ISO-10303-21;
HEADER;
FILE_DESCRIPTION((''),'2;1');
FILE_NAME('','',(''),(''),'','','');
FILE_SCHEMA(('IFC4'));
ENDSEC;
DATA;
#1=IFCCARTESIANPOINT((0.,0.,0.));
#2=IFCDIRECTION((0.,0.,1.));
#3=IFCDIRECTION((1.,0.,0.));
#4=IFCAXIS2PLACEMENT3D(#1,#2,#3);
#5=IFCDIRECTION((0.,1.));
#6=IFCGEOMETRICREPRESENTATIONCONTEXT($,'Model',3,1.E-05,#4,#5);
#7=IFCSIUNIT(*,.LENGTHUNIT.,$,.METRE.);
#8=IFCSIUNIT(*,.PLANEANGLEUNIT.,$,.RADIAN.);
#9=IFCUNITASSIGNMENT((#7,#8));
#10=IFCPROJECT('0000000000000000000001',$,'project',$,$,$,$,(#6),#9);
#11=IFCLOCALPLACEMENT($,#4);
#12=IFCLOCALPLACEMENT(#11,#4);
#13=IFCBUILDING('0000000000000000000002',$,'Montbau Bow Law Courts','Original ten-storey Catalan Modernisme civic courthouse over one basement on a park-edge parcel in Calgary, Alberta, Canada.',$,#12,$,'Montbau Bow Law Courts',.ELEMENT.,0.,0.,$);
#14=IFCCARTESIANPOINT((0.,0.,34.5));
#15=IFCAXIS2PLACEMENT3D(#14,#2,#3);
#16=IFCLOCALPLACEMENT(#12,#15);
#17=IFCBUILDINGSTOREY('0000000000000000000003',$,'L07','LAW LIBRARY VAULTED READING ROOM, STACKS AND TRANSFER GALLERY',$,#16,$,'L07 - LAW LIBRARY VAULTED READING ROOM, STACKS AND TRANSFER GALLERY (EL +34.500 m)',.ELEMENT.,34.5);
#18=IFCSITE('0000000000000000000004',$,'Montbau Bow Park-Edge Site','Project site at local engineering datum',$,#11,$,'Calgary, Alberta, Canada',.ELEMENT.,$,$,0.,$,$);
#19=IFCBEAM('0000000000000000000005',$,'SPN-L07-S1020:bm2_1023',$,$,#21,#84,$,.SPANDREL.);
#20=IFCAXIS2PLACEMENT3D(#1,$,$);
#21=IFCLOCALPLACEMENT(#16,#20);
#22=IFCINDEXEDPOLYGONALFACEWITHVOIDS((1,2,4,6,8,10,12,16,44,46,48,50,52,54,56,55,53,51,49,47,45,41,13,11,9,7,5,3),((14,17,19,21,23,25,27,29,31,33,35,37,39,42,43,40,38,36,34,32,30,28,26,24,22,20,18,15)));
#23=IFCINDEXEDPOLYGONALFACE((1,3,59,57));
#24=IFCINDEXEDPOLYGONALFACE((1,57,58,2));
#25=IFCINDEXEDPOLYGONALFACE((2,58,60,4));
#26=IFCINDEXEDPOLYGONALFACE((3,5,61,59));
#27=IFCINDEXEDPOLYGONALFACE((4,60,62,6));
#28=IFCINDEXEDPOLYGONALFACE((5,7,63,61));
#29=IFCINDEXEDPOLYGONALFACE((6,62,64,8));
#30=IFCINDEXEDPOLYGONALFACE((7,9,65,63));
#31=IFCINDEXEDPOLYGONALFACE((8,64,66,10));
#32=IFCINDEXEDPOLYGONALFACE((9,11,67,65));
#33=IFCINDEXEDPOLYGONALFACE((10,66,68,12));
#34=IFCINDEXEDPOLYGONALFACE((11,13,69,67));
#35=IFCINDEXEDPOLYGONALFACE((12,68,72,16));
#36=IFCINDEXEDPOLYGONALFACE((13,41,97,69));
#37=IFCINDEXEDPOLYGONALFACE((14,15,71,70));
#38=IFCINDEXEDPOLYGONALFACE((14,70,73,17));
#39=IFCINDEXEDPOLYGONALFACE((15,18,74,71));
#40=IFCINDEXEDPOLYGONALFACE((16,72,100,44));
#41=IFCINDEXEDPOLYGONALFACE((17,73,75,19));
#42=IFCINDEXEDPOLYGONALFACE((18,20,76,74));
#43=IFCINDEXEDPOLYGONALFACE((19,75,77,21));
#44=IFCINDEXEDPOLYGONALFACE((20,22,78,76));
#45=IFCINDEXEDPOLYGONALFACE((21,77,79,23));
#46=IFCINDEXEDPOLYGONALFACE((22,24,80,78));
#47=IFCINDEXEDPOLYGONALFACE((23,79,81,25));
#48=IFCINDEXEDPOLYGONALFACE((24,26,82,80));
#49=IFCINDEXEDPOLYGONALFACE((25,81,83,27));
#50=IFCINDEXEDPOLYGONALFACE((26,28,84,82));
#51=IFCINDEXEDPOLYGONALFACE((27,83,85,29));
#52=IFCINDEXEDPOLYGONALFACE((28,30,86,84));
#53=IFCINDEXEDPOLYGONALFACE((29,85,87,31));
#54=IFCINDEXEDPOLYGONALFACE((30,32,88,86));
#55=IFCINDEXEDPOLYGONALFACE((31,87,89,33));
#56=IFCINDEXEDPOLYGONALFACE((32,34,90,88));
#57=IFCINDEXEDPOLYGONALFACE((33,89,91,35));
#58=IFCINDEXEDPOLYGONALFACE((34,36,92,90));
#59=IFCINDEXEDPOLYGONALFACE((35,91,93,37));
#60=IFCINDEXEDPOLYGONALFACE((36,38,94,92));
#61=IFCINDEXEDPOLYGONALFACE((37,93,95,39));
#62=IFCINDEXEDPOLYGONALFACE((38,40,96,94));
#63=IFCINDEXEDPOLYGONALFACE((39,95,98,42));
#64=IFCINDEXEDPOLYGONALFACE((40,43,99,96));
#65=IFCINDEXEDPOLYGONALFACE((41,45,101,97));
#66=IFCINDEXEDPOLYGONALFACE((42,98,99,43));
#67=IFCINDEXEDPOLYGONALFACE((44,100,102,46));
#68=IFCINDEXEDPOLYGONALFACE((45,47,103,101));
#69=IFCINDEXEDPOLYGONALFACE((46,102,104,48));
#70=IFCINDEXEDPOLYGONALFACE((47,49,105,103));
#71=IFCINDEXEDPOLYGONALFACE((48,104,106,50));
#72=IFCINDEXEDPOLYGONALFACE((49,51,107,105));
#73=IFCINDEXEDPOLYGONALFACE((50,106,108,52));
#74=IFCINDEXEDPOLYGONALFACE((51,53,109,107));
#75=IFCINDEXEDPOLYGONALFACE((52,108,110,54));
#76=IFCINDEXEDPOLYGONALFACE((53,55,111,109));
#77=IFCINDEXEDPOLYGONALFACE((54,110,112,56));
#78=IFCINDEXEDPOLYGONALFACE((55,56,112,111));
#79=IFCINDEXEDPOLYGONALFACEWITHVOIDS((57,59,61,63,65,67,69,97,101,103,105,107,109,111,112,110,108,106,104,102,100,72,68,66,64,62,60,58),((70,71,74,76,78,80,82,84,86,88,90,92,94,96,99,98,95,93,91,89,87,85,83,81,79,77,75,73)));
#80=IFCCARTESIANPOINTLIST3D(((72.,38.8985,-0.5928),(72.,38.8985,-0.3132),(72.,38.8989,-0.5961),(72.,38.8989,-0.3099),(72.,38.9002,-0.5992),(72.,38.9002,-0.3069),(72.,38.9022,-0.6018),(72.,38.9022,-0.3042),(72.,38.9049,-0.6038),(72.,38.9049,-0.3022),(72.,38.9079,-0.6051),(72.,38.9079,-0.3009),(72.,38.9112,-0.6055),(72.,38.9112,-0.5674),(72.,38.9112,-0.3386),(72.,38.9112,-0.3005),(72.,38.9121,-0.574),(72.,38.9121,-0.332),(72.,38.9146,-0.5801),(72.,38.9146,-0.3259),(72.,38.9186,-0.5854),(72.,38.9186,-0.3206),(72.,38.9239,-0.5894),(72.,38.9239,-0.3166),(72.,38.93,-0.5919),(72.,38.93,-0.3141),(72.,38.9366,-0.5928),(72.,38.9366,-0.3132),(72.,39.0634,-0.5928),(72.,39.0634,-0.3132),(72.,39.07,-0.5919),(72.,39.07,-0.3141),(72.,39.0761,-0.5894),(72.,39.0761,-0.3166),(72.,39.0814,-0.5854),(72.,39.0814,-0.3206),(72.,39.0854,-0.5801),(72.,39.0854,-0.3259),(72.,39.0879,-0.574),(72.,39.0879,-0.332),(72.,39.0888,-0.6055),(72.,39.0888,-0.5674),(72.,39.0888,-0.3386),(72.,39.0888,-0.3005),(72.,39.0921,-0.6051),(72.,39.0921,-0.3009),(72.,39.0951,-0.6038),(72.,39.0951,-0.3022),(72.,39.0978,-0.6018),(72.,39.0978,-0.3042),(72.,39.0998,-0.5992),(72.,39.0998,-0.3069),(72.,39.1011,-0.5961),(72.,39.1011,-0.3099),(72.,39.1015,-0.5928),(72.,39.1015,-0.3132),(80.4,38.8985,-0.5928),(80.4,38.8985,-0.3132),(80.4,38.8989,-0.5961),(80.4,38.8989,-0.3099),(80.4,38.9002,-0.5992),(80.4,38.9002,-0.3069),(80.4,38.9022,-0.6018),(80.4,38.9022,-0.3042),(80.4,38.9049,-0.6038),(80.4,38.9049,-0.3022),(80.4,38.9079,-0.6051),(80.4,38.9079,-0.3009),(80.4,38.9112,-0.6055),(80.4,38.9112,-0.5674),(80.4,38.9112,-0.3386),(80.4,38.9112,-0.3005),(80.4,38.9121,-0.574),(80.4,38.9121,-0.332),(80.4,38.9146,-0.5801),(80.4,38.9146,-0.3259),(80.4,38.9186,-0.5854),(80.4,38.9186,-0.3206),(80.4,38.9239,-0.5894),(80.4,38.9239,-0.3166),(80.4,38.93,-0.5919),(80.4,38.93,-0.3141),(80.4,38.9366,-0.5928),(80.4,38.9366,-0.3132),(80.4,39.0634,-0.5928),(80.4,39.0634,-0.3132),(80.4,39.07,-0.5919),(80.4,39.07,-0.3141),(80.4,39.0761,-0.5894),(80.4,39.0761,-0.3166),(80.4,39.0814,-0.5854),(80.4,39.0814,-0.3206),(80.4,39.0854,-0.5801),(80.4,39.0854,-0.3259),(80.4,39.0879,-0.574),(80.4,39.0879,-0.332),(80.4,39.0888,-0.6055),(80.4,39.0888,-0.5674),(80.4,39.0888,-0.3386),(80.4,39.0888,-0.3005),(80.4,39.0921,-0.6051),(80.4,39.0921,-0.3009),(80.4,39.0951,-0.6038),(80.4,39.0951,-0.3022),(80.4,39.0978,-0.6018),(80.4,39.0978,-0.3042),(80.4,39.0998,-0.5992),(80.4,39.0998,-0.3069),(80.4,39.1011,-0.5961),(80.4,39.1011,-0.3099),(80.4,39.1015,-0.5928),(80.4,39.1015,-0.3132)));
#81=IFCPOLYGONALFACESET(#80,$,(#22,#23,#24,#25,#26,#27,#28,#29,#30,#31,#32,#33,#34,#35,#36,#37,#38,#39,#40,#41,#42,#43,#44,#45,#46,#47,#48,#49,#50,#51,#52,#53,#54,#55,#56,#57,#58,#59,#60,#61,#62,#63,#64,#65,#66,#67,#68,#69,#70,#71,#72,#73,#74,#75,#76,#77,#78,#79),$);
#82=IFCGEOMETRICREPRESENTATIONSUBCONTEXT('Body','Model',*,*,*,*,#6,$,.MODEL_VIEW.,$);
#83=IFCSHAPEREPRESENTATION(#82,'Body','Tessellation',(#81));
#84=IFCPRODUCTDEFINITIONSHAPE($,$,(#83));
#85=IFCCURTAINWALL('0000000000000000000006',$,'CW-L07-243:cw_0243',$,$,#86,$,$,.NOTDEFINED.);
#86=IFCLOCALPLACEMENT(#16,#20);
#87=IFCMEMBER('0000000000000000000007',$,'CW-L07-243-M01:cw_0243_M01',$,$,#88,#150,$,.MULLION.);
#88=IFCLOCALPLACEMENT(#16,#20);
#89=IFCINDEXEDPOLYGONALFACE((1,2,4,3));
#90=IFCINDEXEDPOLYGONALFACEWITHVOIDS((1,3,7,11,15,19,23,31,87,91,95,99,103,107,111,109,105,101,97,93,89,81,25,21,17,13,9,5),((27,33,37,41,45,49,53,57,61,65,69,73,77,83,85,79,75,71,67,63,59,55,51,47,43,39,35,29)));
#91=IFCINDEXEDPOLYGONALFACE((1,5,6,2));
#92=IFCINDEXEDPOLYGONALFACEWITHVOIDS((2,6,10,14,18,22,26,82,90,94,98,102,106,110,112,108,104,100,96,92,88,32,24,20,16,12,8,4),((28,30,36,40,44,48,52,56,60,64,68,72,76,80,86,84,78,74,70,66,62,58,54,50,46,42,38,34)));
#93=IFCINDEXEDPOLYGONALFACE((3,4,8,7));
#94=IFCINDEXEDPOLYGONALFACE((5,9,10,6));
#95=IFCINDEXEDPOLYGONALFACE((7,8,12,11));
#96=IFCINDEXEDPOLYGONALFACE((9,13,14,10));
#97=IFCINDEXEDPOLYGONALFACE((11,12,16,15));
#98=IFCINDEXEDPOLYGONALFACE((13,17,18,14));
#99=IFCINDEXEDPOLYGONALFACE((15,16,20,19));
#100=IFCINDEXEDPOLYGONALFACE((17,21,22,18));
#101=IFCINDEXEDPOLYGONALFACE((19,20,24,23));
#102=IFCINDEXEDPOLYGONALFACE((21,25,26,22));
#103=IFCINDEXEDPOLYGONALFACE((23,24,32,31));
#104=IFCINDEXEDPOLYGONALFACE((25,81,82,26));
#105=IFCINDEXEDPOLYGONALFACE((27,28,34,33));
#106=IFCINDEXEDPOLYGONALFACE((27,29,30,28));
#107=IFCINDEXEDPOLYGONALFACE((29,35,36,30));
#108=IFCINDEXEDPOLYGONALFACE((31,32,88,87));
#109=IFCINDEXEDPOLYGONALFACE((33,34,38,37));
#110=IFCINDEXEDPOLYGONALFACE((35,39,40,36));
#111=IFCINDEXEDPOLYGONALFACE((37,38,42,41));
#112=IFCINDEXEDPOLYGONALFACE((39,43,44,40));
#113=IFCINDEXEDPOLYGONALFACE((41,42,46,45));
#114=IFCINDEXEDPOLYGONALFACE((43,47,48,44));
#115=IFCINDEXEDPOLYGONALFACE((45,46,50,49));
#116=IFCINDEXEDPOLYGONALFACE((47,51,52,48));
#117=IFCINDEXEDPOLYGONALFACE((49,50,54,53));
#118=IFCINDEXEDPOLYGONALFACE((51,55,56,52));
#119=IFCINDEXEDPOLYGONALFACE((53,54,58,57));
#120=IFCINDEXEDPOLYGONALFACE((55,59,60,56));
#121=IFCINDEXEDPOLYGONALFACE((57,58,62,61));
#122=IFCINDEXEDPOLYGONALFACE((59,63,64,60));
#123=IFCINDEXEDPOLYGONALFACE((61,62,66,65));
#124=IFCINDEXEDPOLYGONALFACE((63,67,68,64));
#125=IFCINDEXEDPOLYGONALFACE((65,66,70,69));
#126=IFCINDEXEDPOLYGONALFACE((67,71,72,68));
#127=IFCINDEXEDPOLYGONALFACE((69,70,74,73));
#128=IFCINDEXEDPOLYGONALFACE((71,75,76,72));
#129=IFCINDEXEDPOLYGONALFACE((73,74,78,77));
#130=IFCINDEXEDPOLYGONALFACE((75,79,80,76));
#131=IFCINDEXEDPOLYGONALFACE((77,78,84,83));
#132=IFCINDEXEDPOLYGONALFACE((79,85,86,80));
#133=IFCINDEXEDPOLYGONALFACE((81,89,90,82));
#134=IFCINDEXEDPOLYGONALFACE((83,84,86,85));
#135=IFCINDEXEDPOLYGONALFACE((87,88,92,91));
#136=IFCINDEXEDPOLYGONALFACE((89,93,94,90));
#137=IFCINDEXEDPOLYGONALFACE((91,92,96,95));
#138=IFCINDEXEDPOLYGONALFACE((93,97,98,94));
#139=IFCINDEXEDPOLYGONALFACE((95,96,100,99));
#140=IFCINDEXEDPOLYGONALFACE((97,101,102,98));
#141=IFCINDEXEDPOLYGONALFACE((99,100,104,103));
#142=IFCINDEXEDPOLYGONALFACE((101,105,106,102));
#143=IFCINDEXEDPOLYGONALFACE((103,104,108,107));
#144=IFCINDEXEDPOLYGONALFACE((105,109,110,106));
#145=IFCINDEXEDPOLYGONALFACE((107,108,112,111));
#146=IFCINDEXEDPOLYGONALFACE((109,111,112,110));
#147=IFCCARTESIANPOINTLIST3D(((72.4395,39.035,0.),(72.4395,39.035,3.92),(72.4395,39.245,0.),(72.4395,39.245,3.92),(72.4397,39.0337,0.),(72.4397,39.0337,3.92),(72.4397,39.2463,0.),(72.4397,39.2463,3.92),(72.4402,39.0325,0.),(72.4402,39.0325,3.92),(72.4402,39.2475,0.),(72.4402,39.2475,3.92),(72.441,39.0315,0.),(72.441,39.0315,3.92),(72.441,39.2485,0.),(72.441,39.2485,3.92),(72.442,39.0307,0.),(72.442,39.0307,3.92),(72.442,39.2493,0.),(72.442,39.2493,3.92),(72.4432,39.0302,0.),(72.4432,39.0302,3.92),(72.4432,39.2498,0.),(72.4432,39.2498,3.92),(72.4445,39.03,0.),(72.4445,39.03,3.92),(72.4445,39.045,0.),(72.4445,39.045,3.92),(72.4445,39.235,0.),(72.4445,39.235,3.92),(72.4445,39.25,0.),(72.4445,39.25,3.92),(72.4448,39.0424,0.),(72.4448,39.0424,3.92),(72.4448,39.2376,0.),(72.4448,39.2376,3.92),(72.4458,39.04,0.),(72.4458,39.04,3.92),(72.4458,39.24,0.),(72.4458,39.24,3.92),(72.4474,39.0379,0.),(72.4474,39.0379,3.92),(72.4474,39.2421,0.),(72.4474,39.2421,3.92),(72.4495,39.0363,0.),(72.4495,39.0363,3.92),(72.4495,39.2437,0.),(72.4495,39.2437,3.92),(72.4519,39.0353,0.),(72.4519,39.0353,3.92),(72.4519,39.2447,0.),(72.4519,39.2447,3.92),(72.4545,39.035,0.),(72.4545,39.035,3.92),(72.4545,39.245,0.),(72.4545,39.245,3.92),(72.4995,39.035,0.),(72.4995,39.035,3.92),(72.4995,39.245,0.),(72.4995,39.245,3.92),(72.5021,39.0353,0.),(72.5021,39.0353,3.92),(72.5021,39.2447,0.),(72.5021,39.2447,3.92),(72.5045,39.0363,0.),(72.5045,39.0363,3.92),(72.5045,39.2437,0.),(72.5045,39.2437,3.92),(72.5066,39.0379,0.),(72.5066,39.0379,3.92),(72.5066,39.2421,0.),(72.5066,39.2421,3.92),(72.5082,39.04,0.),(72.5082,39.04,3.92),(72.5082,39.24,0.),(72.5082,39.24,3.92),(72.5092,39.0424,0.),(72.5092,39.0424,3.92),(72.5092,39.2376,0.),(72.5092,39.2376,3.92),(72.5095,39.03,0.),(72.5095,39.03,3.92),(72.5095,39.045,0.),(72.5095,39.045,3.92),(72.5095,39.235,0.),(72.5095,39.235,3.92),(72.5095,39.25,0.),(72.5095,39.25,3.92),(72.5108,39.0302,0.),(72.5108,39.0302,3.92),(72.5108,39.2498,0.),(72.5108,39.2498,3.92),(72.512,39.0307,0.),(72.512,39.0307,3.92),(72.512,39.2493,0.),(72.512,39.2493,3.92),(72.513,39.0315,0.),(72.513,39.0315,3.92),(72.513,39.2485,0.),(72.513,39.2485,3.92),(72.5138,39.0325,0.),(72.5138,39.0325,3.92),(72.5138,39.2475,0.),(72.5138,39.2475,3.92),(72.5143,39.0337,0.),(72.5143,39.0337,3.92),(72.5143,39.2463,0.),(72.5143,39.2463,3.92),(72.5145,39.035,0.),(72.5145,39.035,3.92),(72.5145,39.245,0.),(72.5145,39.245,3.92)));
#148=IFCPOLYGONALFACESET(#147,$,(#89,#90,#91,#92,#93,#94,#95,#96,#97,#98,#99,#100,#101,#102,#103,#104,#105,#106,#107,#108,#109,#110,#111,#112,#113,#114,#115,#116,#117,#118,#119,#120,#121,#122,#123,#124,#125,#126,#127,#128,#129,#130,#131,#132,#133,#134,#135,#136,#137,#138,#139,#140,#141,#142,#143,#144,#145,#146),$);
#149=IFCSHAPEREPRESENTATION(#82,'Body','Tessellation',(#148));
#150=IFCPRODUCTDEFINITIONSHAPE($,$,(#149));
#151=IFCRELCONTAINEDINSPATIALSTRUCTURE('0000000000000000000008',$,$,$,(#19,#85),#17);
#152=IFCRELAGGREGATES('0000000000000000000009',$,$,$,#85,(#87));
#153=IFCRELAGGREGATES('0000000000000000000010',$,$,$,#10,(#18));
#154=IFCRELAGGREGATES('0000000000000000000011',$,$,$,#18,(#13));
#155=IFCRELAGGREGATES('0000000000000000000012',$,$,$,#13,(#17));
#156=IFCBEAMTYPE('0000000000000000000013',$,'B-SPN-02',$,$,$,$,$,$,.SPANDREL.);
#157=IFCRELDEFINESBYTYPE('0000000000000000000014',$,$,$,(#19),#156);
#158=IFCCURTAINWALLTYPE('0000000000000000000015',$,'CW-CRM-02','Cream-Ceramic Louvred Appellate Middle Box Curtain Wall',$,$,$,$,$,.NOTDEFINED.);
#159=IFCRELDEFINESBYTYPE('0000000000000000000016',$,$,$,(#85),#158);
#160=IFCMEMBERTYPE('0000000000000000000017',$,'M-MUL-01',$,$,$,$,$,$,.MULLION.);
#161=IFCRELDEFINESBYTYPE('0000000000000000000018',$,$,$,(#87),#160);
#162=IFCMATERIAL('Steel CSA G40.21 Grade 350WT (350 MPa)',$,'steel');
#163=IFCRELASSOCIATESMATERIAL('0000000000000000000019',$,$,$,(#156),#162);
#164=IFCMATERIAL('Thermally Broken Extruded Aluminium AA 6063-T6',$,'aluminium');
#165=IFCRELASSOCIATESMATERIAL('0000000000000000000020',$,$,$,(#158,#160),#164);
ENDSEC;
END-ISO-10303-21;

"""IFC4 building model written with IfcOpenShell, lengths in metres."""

from ifc_helpers import new_model, si_unit, direction, frame, origin_with_axes, origin_2d_with_axis, place, context, subcontext, project, spatial, hollow_rectangle, extrude, material, material_profile, profile_set, type_object, element, aggregate, save


model = new_model("IFC4")

# Units and contexts
model_context = context("Model", 3, precision=1e-05, world=origin_with_axes(), true_north=direction((0.0, 1.0)))
body_context = subcontext(model_context, "Body", "Model", "MODEL_VIEW")
ifc_project = project(units=[si_unit("LENGTHUNIT", "METRE"), si_unit("PLANEANGLEUNIT", "RADIAN")], contexts=[model_context])

# Site, building, storey
site_placement = place(None, origin_with_axes())
site = spatial("IfcSite", under=ifc_project, at=site_placement, Name="Montbau Bow Park-Edge Site", Description="Project site at local engineering datum", LongName="Calgary, Alberta, Canada", CompositionType="ELEMENT", RefElevation=0.0)
building_placement = place(site_placement, origin_with_axes())
building = spatial("IfcBuilding", under=site, at=building_placement, Name="Montbau Bow Law Courts", Description="Original ten-storey Catalan Modernisme civic courthouse over one basement on a park-edge parcel in Calgary, Alberta, Canada.", LongName="Montbau Bow Law Courts", CompositionType="ELEMENT", ElevationOfRefHeight=0.0, ElevationOfTerrain=0.0)
storey_placement = place(building_placement, frame((0.0, 0.0, 34.5), z_axis=(0.0, 0.0, 1.0), x_axis=(1.0, 0.0, 0.0)))
storey = spatial("IfcBuildingStorey", under=building, at=storey_placement, Name="L07", Description="LAW LIBRARY VAULTED READING ROOM, STACKS AND TRANSFER GALLERY", LongName="L07 - LAW LIBRARY VAULTED READING ROOM, STACKS AND TRANSFER GALLERY (EL +34.500 m)", CompositionType="ELEMENT", Elevation=34.5)

# Beam
ifc_material_1 = material(Name="Steel CSA G40.21 Grade 350WT (350 MPa)", Category="steel")
ifc_material_profile_1 = material_profile(ifc_material_1, hollow_rectangle(XDim=0.203, YDim=0.305, WallThickness=0.0127, InnerFilletRadius=0.0254, OuterFilletRadius=0.0127, at=origin_2d_with_axis()), Name="HSS305X203X13", Category="Main", Priority=0)
ifc_profile_set_1 = profile_set([ifc_material_profile_1], Name="Steel CSA G40.21 Grade 350WT (350 MPa)")
beam_type_1 = type_object("IfcBeamType", Name="B-SPN-02", PredefinedType="SPANDREL", material=ifc_profile_set_1)
beam_1_placement = place(None, frame((72.0, 39.0, 34.047), z_axis=(1.0, 0.0, 0.0), x_axis=(0.0, 1.0, 0.0)))
element("IfcBeam", 1, at=beam_1_placement, inside=storey, type_object=beam_type_1, Name="SPN-L07-S1020:bm2_1023", PredefinedType="SPANDREL", context=body_context, shape_type="SweptSolid", body=[
    extrude(hollow_rectangle(XDim=0.203, YDim=0.305, WallThickness=0.0127, InnerFilletRadius=0.0254, OuterFilletRadius=0.0127, at=origin_2d_with_axis()), origin_with_axes(), (0.0, 0.0, 1.0), 8.4),
])

# Curtain wall, member
ifc_material_2 = material(Name="Thermally Broken Extruded Aluminium AA 6063-T6", Category="aluminium")
curtain_wall_type = type_object("IfcCurtainWallType", Name="CW-CRM-02", Description="Cream-Ceramic Louvred Appellate Middle Box Curtain Wall", PredefinedType="NOTDEFINED", material=ifc_material_2)
curtain_wall_1_placement = place(None, frame((72.44, 39.14, 34.5), z_axis=(0.0, 0.0, 1.0), x_axis=(1.0, 0.0, 0.0)))
curtain_wall_1 = element("IfcCurtainWall", 2, at=curtain_wall_1_placement, inside=storey, type_object=curtain_wall_type, Name="CW-L07-243:cw_0243", PredefinedType="NOTDEFINED")
ifc_material_profile_2 = material_profile(ifc_material_2, hollow_rectangle(XDim=0.075, YDim=0.22, WallThickness=0.005, InnerFilletRadius=0.01, OuterFilletRadius=0.005, at=origin_2d_with_axis()), Name="CWM-220X75", Category="Main", Priority=0)
ifc_profile_set_2 = profile_set([ifc_material_profile_2], Name="Thermally Broken Extruded Aluminium AA 6063-T6")
member_type_1 = type_object("IfcMemberType", Name="M-MUL-01", PredefinedType="MULLION", material=ifc_profile_set_2)
member_1_placement = place(None, frame((72.477, 39.14, 34.5), z_axis=(0.0, 0.0, 1.0), x_axis=(1.0, 0.0, 0.0)))
member_1 = element("IfcMember", 3, at=member_1_placement, type_object=member_type_1, Name="CW-L07-243-M01:cw_0243_M01", PredefinedType="MULLION", context=body_context, shape_type="SweptSolid", body=[
    extrude(hollow_rectangle(XDim=0.075, YDim=0.22, WallThickness=0.005, InnerFilletRadius=0.01, OuterFilletRadius=0.005, at=origin_2d_with_axis()), origin_with_axes(), (0.0, 0.0, 1.0), 3.92),
])

aggregate(curtain_wall_1, [member_1])

save(model, "model.ifc")
